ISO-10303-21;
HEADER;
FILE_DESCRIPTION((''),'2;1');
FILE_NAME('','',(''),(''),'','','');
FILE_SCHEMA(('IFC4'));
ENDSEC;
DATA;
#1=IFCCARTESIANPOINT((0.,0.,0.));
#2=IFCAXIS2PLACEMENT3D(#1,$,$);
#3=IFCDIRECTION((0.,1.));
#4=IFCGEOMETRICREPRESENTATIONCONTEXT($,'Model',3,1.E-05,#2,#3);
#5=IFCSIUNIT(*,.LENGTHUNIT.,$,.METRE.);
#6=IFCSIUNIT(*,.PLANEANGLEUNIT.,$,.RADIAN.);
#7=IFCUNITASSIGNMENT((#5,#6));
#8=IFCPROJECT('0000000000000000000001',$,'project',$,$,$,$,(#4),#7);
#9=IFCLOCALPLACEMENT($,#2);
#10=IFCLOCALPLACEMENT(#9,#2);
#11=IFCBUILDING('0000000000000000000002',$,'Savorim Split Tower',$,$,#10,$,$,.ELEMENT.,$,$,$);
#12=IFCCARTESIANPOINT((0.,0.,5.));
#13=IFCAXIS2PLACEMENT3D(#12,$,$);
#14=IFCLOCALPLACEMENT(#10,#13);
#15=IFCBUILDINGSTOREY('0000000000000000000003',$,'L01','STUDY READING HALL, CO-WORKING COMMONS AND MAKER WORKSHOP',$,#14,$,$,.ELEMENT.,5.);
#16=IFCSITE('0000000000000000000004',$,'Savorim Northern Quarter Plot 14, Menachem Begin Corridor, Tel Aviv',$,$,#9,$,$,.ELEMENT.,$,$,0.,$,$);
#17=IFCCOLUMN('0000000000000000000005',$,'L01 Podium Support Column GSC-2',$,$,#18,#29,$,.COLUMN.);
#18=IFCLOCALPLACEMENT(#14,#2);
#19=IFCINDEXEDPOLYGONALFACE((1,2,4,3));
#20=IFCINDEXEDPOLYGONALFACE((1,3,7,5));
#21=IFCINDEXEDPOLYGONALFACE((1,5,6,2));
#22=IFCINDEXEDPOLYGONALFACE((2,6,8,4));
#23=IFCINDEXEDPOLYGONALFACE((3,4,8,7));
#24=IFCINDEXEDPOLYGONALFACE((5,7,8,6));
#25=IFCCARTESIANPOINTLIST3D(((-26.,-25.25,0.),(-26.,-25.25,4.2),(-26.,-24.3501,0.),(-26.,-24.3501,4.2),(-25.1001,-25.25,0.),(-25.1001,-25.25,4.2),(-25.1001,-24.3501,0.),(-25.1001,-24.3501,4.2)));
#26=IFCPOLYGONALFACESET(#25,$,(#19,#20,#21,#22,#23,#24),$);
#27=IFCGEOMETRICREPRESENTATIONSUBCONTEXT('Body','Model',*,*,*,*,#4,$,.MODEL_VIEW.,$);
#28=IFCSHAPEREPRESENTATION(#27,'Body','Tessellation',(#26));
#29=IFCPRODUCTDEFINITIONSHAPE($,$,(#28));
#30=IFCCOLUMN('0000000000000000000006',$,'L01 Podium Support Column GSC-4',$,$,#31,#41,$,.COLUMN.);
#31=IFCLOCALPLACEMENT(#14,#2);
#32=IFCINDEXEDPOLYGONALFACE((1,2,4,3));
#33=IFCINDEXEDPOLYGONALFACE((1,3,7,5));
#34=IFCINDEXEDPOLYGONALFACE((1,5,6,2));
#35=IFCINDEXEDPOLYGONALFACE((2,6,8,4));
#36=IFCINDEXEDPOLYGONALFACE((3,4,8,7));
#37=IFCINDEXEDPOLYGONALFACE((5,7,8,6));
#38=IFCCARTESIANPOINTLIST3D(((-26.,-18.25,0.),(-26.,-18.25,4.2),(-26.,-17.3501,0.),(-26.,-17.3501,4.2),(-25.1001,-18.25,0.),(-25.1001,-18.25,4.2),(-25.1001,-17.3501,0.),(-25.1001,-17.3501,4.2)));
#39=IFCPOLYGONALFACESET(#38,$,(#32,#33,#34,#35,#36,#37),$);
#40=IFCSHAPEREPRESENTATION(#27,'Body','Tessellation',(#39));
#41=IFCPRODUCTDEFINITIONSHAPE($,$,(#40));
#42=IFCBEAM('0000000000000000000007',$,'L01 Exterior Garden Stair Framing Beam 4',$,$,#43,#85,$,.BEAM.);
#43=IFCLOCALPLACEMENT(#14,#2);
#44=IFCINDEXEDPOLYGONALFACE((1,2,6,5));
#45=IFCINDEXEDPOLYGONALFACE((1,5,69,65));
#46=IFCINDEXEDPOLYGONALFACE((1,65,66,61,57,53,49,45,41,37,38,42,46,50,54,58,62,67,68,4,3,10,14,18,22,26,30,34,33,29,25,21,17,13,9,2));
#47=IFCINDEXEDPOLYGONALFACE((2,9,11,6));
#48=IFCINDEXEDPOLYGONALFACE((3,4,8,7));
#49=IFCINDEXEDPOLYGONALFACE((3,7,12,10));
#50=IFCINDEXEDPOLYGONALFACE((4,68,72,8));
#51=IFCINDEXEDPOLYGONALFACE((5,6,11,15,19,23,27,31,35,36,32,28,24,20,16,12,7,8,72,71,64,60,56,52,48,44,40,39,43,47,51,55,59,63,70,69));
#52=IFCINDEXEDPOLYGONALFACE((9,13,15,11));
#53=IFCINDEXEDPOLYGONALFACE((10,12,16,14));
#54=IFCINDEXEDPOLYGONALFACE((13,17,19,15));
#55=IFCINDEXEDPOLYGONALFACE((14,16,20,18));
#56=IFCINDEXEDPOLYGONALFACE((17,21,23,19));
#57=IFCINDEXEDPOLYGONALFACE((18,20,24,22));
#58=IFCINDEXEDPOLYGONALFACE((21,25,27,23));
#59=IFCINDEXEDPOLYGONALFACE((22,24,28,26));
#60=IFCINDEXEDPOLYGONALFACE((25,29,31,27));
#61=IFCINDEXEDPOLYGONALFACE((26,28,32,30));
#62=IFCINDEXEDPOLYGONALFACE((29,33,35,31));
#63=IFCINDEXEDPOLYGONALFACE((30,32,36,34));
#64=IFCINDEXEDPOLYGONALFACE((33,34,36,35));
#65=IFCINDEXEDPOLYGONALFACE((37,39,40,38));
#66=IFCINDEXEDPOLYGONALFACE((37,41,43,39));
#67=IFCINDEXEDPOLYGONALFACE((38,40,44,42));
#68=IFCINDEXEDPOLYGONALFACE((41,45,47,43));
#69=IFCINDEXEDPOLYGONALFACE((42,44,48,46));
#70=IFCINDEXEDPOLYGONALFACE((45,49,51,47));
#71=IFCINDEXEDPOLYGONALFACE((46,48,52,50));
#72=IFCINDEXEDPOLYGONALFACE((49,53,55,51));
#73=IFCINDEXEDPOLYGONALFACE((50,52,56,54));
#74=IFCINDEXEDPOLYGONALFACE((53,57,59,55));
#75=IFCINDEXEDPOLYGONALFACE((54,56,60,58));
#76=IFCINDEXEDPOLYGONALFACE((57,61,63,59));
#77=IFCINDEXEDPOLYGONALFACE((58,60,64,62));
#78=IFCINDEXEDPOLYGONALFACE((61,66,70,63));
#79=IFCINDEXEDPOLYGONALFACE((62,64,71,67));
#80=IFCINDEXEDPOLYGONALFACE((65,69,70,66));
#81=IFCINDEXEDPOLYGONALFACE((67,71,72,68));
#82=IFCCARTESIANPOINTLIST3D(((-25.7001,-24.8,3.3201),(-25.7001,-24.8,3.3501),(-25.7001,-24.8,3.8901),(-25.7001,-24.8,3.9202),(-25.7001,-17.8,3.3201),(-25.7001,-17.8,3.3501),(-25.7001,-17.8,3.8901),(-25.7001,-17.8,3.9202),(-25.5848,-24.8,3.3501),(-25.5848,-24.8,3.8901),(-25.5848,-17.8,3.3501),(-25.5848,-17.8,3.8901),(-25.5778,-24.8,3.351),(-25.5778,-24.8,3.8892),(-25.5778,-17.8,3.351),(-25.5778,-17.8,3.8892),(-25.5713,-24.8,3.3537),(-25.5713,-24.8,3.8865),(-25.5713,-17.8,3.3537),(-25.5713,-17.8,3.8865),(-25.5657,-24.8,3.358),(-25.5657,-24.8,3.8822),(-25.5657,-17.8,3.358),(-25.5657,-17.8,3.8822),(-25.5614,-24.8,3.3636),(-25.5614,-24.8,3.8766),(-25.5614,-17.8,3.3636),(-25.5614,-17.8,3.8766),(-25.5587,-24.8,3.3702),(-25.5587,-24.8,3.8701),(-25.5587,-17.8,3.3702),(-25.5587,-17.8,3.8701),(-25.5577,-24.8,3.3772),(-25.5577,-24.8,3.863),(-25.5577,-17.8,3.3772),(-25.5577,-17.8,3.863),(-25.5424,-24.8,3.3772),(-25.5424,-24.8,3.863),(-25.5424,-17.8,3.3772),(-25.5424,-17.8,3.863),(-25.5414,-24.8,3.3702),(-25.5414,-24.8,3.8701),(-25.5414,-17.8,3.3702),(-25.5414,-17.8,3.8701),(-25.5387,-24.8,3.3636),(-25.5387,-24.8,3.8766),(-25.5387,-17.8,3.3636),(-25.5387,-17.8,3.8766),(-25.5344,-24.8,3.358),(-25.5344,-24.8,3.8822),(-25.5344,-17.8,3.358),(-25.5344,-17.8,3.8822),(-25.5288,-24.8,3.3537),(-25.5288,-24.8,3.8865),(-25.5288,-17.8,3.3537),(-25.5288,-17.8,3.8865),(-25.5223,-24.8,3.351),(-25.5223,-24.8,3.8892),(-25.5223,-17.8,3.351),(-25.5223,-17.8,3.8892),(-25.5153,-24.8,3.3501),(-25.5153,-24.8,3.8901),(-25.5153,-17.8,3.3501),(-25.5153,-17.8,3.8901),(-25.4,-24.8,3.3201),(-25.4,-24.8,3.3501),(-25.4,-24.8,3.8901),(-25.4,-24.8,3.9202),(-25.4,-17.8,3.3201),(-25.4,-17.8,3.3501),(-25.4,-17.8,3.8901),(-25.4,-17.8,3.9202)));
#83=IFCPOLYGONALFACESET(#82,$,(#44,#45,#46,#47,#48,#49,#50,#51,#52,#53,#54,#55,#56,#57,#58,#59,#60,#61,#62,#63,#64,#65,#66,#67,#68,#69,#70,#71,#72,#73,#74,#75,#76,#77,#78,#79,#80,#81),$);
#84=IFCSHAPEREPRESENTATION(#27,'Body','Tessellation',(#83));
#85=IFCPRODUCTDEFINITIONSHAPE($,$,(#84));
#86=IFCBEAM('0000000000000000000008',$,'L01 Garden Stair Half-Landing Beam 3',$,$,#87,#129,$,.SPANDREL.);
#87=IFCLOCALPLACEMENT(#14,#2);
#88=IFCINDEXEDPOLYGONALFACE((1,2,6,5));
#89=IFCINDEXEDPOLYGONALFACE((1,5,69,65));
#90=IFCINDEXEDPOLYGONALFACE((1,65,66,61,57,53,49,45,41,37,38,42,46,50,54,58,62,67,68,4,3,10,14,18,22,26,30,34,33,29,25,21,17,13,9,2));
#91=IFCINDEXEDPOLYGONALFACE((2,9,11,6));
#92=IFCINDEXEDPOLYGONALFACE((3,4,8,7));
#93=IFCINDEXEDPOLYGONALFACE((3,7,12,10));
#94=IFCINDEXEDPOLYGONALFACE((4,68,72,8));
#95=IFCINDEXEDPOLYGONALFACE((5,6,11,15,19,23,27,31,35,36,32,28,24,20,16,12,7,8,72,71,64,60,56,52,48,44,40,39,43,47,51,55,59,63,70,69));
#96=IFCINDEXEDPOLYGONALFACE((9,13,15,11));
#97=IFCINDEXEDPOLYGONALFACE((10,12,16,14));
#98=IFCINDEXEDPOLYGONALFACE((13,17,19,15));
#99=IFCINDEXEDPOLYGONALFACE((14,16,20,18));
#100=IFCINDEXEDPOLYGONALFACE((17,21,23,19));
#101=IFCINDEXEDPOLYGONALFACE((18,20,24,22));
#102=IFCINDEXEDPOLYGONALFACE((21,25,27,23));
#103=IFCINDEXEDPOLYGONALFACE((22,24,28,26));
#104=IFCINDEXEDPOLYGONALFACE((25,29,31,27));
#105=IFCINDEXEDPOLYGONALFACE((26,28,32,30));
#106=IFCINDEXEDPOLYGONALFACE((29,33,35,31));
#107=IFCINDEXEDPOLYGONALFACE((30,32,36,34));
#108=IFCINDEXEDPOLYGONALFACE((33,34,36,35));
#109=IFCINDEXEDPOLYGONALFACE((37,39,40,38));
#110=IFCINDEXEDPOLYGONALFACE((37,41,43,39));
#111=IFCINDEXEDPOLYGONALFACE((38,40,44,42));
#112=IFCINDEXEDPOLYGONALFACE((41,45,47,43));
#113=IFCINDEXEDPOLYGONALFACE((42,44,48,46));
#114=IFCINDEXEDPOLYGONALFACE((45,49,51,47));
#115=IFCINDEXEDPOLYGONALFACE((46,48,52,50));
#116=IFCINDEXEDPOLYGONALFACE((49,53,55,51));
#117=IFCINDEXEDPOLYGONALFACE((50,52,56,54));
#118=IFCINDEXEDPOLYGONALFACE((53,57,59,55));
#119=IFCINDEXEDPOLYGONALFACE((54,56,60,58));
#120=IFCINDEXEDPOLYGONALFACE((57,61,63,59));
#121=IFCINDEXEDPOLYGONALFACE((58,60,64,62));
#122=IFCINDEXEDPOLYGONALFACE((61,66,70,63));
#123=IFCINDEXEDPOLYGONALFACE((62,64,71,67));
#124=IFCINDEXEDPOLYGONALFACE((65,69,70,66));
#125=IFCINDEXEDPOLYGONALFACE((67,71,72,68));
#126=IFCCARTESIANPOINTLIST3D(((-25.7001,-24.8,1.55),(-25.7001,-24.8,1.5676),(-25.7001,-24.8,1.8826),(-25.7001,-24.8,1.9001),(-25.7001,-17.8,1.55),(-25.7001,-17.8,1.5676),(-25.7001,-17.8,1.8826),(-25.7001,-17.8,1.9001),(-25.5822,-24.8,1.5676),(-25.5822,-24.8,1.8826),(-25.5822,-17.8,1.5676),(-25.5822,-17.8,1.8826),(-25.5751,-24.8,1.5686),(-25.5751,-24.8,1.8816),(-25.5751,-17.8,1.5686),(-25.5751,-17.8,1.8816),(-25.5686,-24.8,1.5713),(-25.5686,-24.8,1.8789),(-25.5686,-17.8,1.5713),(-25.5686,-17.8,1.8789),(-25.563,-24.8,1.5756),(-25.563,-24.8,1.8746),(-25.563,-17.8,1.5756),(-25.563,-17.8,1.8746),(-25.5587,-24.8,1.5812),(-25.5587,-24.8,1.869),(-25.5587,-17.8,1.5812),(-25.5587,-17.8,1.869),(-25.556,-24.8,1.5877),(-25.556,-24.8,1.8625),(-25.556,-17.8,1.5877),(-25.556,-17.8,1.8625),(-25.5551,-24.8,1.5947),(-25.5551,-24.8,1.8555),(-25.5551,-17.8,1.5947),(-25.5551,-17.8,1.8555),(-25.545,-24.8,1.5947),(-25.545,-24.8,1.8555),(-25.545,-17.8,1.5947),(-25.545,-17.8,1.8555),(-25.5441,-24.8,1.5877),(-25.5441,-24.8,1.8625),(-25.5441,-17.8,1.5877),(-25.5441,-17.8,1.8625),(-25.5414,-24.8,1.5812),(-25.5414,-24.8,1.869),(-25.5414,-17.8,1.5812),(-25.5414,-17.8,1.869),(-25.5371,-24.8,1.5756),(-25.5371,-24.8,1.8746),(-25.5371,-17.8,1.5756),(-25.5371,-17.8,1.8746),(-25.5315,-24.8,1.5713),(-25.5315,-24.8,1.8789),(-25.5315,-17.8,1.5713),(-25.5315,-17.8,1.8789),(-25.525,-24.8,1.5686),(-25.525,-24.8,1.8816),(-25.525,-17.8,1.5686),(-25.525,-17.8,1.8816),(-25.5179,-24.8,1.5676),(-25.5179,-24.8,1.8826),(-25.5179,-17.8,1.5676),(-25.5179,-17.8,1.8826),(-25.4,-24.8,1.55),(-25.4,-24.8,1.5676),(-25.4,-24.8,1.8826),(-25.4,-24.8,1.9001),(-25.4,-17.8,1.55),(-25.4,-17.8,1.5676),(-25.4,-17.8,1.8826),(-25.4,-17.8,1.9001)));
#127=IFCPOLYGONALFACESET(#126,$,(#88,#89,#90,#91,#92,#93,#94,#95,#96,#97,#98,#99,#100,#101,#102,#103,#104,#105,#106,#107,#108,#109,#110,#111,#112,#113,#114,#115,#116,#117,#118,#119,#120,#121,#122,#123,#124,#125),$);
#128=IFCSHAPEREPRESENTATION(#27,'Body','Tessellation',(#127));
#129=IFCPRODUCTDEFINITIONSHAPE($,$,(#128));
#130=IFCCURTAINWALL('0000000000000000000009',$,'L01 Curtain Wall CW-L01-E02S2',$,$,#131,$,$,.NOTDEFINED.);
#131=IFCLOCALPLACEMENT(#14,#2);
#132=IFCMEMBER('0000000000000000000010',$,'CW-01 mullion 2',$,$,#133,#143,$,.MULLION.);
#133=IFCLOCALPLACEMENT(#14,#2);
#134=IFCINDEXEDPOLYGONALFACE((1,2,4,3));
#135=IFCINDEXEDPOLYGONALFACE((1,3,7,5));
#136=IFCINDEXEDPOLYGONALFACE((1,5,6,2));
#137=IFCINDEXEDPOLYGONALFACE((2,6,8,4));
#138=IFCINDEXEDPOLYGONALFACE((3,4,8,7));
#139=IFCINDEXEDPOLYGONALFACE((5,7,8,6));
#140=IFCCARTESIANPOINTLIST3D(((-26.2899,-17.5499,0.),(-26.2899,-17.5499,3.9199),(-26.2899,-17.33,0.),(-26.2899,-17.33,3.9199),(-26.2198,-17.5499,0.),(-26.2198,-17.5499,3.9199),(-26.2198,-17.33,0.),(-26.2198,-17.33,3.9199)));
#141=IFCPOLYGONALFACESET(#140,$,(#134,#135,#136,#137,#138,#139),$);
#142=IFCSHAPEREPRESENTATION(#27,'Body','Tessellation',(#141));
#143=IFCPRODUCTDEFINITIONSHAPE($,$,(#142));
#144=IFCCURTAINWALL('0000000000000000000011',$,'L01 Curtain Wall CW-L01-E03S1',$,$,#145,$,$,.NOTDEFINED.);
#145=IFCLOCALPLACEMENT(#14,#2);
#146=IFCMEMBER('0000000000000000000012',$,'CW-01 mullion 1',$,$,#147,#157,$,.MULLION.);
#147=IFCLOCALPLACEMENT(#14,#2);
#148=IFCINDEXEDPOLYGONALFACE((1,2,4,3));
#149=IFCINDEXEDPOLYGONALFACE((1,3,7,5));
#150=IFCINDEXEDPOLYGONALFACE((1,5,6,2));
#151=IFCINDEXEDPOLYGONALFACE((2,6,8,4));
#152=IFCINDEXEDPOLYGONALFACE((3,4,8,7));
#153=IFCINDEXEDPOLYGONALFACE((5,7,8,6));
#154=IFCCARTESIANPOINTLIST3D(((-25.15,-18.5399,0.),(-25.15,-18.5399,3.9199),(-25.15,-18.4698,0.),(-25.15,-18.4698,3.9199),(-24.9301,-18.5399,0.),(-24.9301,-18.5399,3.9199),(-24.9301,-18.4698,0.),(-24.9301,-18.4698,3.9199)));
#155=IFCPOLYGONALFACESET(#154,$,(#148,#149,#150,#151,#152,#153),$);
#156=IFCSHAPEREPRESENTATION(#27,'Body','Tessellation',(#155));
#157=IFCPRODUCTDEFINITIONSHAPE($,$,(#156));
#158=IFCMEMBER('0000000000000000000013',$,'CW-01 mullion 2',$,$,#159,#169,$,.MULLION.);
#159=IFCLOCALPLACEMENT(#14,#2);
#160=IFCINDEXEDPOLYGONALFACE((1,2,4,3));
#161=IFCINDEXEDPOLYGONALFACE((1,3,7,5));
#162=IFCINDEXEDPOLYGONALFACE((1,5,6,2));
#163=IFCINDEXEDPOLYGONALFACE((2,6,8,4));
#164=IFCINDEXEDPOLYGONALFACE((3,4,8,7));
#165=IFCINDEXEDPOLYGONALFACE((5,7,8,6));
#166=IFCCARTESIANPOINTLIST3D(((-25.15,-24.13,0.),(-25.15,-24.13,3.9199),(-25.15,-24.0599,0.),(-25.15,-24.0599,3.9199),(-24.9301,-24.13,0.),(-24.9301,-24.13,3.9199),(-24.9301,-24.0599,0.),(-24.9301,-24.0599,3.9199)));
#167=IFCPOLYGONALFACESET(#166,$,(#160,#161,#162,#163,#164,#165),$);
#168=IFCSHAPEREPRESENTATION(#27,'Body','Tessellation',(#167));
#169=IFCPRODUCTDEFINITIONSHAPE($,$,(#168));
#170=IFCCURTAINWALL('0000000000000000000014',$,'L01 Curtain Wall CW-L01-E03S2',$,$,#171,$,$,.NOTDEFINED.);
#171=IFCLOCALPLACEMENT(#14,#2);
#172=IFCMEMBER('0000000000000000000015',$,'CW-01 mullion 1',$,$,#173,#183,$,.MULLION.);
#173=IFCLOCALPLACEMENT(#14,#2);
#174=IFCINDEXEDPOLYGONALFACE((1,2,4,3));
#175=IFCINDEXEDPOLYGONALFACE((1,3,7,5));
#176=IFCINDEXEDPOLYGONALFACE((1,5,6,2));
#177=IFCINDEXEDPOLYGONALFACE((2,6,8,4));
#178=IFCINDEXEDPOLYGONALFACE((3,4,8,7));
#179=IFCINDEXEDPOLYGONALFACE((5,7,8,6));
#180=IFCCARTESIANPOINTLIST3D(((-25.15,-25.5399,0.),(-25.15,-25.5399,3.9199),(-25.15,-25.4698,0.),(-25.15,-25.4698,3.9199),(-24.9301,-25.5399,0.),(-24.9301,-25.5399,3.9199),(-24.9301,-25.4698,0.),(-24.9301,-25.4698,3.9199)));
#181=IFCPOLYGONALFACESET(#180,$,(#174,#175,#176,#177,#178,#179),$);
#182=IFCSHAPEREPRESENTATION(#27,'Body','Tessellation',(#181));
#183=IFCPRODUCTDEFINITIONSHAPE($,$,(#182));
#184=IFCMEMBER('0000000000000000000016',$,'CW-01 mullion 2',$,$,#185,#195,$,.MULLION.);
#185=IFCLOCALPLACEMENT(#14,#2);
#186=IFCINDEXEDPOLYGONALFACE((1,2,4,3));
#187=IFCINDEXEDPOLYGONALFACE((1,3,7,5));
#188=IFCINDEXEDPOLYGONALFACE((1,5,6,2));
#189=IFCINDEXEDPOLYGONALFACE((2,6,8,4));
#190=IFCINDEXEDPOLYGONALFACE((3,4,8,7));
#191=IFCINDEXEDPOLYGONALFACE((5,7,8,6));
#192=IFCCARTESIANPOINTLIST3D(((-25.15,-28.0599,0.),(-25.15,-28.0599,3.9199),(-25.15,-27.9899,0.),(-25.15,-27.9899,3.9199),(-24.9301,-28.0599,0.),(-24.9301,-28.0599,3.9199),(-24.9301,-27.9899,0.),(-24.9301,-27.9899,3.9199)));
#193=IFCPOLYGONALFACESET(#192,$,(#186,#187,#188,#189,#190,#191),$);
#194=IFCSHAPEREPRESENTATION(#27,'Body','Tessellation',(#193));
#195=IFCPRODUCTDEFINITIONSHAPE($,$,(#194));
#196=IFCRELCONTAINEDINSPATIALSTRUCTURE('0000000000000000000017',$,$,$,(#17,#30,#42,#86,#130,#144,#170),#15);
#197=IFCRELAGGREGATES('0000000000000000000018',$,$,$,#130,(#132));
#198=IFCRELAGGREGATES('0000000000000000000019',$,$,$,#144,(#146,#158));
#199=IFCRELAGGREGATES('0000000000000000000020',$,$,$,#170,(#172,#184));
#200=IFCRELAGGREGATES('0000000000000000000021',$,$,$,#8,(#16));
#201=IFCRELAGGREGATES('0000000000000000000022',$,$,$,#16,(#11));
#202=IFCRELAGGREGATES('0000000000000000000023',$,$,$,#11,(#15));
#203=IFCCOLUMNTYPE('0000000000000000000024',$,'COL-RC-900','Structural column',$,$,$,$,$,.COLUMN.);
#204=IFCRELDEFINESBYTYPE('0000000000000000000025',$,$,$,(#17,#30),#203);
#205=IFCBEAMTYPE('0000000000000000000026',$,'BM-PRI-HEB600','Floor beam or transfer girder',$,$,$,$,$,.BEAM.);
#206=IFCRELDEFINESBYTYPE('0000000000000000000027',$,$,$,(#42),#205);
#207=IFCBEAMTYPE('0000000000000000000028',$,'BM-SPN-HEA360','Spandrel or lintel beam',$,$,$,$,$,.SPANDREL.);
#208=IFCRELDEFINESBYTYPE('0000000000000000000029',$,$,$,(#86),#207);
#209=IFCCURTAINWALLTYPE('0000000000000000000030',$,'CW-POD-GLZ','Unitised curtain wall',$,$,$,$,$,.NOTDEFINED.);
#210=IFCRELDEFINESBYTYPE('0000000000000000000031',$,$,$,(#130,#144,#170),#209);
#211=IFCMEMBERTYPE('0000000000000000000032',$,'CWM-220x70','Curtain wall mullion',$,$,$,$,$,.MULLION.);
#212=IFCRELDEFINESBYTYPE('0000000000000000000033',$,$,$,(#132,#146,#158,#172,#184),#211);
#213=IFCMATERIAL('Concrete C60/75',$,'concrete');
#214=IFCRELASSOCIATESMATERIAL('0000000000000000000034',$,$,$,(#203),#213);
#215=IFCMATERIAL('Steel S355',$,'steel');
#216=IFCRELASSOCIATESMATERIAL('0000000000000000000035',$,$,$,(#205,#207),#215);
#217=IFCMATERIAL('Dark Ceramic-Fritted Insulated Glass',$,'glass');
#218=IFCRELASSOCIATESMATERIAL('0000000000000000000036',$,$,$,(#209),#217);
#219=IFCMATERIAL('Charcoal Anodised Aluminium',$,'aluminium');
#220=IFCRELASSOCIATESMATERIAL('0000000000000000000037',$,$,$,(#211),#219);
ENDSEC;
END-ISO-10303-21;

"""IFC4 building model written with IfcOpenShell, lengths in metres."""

from ifc_helpers import new_model, si_unit, direction, frame, origin, origin_2d, place, context, subcontext, project, spatial, rectangle, i_section, extrude, material, material_profile, profile_set, type_object, element, aggregate, save


model = new_model("IFC4")

# Units and contexts
model_context = context("Model", 3, precision=1e-05, world=origin(), true_north=direction((0.0, 1.0)))
body_context = subcontext(model_context, "Body", "Model", "MODEL_VIEW")
ifc_project = project(units=[si_unit("LENGTHUNIT", "METRE"), si_unit("PLANEANGLEUNIT", "RADIAN")], contexts=[model_context])

# Site, building, storey
site_placement = place(None, origin())
site = spatial("IfcSite", under=ifc_project, at=site_placement, Name="Savorim Northern Quarter Plot 14, Menachem Begin Corridor, Tel Aviv", CompositionType="ELEMENT", RefElevation=0.0)
building_placement = place(site_placement, origin())
building = spatial("IfcBuilding", under=site, at=building_placement, Name="Savorim Split Tower", CompositionType="ELEMENT")
storey_placement = place(building_placement, frame((0.0, 0.0, 5.0)))
storey = spatial("IfcBuildingStorey", under=building, at=storey_placement, Name="L01", Description="STUDY READING HALL, CO-WORKING COMMONS AND MAKER WORKSHOP", CompositionType="ELEMENT", Elevation=5.0)

# Columns
ifc_material_1 = material(Name="Concrete C60/75", Category="concrete")
ifc_material_profile_1 = material_profile(ifc_material_1, rectangle(XDim=0.8999, YDim=0.8999, at=origin_2d()), Name="RC 900x900")
ifc_profile_set_1 = profile_set([ifc_material_profile_1], Name="Concrete C60/75")
column_type = type_object("IfcColumnType", Name="COL-RC-900", Description="Structural column", PredefinedType="COLUMN", material=ifc_profile_set_1)
for number, where, z_axis, x_axis, name in (
    (1, (-25.55, -24.8, 0.0), (0.0, 0.0, 1.0), (1.0, 0.0, 0.0), "L01 Podium Support Column GSC-2"),
    (2, (-25.55, -17.8, 0.0), (0.0, 0.0, 1.0), (1.0, 0.0, 0.0), "L01 Podium Support Column GSC-4"),
):
    element("IfcColumn", number, at=place(storey_placement, frame(where, z_axis=z_axis, x_axis=x_axis)), inside=storey, type_object=column_type, Name=name, PredefinedType="COLUMN", context=body_context, shape_type="SweptSolid", body=[
        extrude(rectangle(XDim=0.8999, YDim=0.8999, at=origin_2d()), origin(), (0.0, 0.0, 1.0), 4.2),
    ])

# Beams
ifc_material_2 = material(Name="Steel S355", Category="steel")
ifc_material_profile_2 = material_profile(ifc_material_2, i_section(OverallWidth=0.3, OverallDepth=0.6001, WebThickness=0.0154, FlangeThickness=0.03, FilletRadius=0.0271, at=origin_2d()), Name="HEB 600")
ifc_profile_set_2 = profile_set([ifc_material_profile_2], Name="Steel S355")
beam_type_1 = type_object("IfcBeamType", Name="BM-PRI-HEB600", Description="Floor beam or transfer girder", PredefinedType="BEAM", material=ifc_profile_set_2)
beam_1_placement = place(storey_placement, frame((-25.55, -24.8, 3.6201), z_axis=(0.0, 1.0, 0.0), x_axis=(-1.0, 0.0, 0.0)))
element("IfcBeam", 3, at=beam_1_placement, inside=storey, type_object=beam_type_1, Name="L01 Exterior Garden Stair Framing Beam 4", PredefinedType="BEAM", context=body_context, shape_type="SweptSolid", body=[
    extrude(i_section(OverallWidth=0.3, OverallDepth=0.6001, WebThickness=0.0154, FlangeThickness=0.03, FilletRadius=0.0271, at=origin_2d()), origin(), (0.0, 0.0, 1.0), 7.0),
])
ifc_material_profile_3 = material_profile(ifc_material_2, i_section(OverallWidth=0.3, OverallDepth=0.3501, WebThickness=0.01, FlangeThickness=0.0176, FilletRadius=0.0271, at=origin_2d()), Name="HEA 360")
ifc_profile_set_3 = profile_set([ifc_material_profile_3], Name="Steel S355")
beam_type_2 = type_object("IfcBeamType", Name="BM-SPN-HEA360", Description="Spandrel or lintel beam", PredefinedType="SPANDREL", material=ifc_profile_set_3)
beam_2_placement = place(storey_placement, frame((-25.55, -24.8, 1.7251), z_axis=(0.0, 1.0, 0.0), x_axis=(-1.0, 0.0, 0.0)))
element("IfcBeam", 4, at=beam_2_placement, inside=storey, type_object=beam_type_2, Name="L01 Garden Stair Half-Landing Beam 3", PredefinedType="SPANDREL", context=body_context, shape_type="SweptSolid", body=[
    extrude(i_section(OverallWidth=0.3, OverallDepth=0.3501, WebThickness=0.01, FlangeThickness=0.0176, FilletRadius=0.0271, at=origin_2d()), origin(), (0.0, 0.0, 1.0), 7.0),
])

# Curtain wall, member
ifc_material_3 = material(Name="Dark Ceramic-Fritted Insulated Glass", Category="glass")
curtain_wall_type = type_object("IfcCurtainWallType", Name="CW-POD-GLZ", Description="Unitised curtain wall", PredefinedType="NOTDEFINED", material=ifc_material_3)
curtain_wall_1_placement = place(storey_placement, origin())
curtain_wall_1 = element("IfcCurtainWall", 5, at=curtain_wall_1_placement, inside=storey, type_object=curtain_wall_type, Name="L01 Curtain Wall CW-L01-E02S2", PredefinedType="NOTDEFINED")
ifc_material_4 = material(Name="Charcoal Anodised Aluminium", Category="aluminium")
ifc_material_profile_4 = material_profile(ifc_material_4, rectangle(XDim=0.22, YDim=0.0701, at=origin_2d()), Name="ALU-M 220x70")
ifc_profile_set_4 = profile_set([ifc_material_profile_4], Name="Charcoal Anodised Aluminium")
member_type_1 = type_object("IfcMemberType", Name="CWM-220x70", Description="Curtain wall mullion", PredefinedType="MULLION", material=ifc_profile_set_4)
member_1_placement = place(storey_placement, frame((-26.2549, -17.4399, 0.0), z_axis=(0.0, 0.0, 1.0), x_axis=(0.0, 1.0, 0.0)))
member_1 = element("IfcMember", 6, at=member_1_placement, type_object=member_type_1, Name="CW-01 mullion 2", PredefinedType="MULLION", context=body_context, shape_type="SweptSolid", body=[
    extrude(rectangle(XDim=0.22, YDim=0.0701, at=origin_2d()), origin(), (0.0, 0.0, 1.0), 3.9199),
])
aggregate(curtain_wall_1, [member_1])

# Curtain walls, members
curtain_wall_2_placement = place(storey_placement, origin())
curtain_wall_2 = element("IfcCurtainWall", 7, at=curtain_wall_2_placement, inside=storey, type_object=curtain_wall_type, Name="L01 Curtain Wall CW-L01-E03S1", PredefinedType="NOTDEFINED")
member_2_placement = place(storey_placement, frame((-25.04, -18.5049, 0.0), z_axis=(0.0, 0.0, 1.0), x_axis=(1.0, 0.0, 0.0)))
member_2 = element("IfcMember", 8, at=member_2_placement, type_object=member_type_1, Name="CW-01 mullion 1", PredefinedType="MULLION", context=body_context, shape_type="SweptSolid", body=[
    extrude(rectangle(XDim=0.22, YDim=0.0701, at=origin_2d()), origin(), (0.0, 0.0, 1.0), 3.9199),
])
member_3_placement = place(storey_placement, frame((-25.04, -24.095, 0.0), z_axis=(0.0, 0.0, 1.0), x_axis=(1.0, 0.0, 0.0)))
member_3 = element("IfcMember", 9, at=member_3_placement, type_object=member_type_1, Name="CW-01 mullion 2", PredefinedType="MULLION", context=body_context, shape_type="SweptSolid", body=[
    extrude(rectangle(XDim=0.22, YDim=0.0701, at=origin_2d()), origin(), (0.0, 0.0, 1.0), 3.9199),
])
curtain_wall_3_placement = place(storey_placement, origin())
curtain_wall_3 = element("IfcCurtainWall", 10, at=curtain_wall_3_placement, inside=storey, type_object=curtain_wall_type, Name="L01 Curtain Wall CW-L01-E03S2", PredefinedType="NOTDEFINED")
member_4_placement = place(storey_placement, frame((-25.04, -25.5049, 0.0), z_axis=(0.0, 0.0, 1.0), x_axis=(1.0, 0.0, 0.0)))
member_4 = element("IfcMember", 11, at=member_4_placement, type_object=member_type_1, Name="CW-01 mullion 1", PredefinedType="MULLION", context=body_context, shape_type="SweptSolid", body=[
    extrude(rectangle(XDim=0.22, YDim=0.0701, at=origin_2d()), origin(), (0.0, 0.0, 1.0), 3.9199),
])
member_5_placement = place(storey_placement, frame((-25.04, -28.0249, 0.0), z_axis=(0.0, 0.0, 1.0), x_axis=(1.0, 0.0, 0.0)))
member_5 = element("IfcMember", 12, at=member_5_placement, type_object=member_type_1, Name="CW-01 mullion 2", PredefinedType="MULLION", context=body_context, shape_type="SweptSolid", body=[
    extrude(rectangle(XDim=0.22, YDim=0.0701, at=origin_2d()), origin(), (0.0, 0.0, 1.0), 3.9199),
])

aggregate(curtain_wall_2, [member_2, member_3])
aggregate(curtain_wall_3, [member_4, member_5])

save(model, "model.ifc")
